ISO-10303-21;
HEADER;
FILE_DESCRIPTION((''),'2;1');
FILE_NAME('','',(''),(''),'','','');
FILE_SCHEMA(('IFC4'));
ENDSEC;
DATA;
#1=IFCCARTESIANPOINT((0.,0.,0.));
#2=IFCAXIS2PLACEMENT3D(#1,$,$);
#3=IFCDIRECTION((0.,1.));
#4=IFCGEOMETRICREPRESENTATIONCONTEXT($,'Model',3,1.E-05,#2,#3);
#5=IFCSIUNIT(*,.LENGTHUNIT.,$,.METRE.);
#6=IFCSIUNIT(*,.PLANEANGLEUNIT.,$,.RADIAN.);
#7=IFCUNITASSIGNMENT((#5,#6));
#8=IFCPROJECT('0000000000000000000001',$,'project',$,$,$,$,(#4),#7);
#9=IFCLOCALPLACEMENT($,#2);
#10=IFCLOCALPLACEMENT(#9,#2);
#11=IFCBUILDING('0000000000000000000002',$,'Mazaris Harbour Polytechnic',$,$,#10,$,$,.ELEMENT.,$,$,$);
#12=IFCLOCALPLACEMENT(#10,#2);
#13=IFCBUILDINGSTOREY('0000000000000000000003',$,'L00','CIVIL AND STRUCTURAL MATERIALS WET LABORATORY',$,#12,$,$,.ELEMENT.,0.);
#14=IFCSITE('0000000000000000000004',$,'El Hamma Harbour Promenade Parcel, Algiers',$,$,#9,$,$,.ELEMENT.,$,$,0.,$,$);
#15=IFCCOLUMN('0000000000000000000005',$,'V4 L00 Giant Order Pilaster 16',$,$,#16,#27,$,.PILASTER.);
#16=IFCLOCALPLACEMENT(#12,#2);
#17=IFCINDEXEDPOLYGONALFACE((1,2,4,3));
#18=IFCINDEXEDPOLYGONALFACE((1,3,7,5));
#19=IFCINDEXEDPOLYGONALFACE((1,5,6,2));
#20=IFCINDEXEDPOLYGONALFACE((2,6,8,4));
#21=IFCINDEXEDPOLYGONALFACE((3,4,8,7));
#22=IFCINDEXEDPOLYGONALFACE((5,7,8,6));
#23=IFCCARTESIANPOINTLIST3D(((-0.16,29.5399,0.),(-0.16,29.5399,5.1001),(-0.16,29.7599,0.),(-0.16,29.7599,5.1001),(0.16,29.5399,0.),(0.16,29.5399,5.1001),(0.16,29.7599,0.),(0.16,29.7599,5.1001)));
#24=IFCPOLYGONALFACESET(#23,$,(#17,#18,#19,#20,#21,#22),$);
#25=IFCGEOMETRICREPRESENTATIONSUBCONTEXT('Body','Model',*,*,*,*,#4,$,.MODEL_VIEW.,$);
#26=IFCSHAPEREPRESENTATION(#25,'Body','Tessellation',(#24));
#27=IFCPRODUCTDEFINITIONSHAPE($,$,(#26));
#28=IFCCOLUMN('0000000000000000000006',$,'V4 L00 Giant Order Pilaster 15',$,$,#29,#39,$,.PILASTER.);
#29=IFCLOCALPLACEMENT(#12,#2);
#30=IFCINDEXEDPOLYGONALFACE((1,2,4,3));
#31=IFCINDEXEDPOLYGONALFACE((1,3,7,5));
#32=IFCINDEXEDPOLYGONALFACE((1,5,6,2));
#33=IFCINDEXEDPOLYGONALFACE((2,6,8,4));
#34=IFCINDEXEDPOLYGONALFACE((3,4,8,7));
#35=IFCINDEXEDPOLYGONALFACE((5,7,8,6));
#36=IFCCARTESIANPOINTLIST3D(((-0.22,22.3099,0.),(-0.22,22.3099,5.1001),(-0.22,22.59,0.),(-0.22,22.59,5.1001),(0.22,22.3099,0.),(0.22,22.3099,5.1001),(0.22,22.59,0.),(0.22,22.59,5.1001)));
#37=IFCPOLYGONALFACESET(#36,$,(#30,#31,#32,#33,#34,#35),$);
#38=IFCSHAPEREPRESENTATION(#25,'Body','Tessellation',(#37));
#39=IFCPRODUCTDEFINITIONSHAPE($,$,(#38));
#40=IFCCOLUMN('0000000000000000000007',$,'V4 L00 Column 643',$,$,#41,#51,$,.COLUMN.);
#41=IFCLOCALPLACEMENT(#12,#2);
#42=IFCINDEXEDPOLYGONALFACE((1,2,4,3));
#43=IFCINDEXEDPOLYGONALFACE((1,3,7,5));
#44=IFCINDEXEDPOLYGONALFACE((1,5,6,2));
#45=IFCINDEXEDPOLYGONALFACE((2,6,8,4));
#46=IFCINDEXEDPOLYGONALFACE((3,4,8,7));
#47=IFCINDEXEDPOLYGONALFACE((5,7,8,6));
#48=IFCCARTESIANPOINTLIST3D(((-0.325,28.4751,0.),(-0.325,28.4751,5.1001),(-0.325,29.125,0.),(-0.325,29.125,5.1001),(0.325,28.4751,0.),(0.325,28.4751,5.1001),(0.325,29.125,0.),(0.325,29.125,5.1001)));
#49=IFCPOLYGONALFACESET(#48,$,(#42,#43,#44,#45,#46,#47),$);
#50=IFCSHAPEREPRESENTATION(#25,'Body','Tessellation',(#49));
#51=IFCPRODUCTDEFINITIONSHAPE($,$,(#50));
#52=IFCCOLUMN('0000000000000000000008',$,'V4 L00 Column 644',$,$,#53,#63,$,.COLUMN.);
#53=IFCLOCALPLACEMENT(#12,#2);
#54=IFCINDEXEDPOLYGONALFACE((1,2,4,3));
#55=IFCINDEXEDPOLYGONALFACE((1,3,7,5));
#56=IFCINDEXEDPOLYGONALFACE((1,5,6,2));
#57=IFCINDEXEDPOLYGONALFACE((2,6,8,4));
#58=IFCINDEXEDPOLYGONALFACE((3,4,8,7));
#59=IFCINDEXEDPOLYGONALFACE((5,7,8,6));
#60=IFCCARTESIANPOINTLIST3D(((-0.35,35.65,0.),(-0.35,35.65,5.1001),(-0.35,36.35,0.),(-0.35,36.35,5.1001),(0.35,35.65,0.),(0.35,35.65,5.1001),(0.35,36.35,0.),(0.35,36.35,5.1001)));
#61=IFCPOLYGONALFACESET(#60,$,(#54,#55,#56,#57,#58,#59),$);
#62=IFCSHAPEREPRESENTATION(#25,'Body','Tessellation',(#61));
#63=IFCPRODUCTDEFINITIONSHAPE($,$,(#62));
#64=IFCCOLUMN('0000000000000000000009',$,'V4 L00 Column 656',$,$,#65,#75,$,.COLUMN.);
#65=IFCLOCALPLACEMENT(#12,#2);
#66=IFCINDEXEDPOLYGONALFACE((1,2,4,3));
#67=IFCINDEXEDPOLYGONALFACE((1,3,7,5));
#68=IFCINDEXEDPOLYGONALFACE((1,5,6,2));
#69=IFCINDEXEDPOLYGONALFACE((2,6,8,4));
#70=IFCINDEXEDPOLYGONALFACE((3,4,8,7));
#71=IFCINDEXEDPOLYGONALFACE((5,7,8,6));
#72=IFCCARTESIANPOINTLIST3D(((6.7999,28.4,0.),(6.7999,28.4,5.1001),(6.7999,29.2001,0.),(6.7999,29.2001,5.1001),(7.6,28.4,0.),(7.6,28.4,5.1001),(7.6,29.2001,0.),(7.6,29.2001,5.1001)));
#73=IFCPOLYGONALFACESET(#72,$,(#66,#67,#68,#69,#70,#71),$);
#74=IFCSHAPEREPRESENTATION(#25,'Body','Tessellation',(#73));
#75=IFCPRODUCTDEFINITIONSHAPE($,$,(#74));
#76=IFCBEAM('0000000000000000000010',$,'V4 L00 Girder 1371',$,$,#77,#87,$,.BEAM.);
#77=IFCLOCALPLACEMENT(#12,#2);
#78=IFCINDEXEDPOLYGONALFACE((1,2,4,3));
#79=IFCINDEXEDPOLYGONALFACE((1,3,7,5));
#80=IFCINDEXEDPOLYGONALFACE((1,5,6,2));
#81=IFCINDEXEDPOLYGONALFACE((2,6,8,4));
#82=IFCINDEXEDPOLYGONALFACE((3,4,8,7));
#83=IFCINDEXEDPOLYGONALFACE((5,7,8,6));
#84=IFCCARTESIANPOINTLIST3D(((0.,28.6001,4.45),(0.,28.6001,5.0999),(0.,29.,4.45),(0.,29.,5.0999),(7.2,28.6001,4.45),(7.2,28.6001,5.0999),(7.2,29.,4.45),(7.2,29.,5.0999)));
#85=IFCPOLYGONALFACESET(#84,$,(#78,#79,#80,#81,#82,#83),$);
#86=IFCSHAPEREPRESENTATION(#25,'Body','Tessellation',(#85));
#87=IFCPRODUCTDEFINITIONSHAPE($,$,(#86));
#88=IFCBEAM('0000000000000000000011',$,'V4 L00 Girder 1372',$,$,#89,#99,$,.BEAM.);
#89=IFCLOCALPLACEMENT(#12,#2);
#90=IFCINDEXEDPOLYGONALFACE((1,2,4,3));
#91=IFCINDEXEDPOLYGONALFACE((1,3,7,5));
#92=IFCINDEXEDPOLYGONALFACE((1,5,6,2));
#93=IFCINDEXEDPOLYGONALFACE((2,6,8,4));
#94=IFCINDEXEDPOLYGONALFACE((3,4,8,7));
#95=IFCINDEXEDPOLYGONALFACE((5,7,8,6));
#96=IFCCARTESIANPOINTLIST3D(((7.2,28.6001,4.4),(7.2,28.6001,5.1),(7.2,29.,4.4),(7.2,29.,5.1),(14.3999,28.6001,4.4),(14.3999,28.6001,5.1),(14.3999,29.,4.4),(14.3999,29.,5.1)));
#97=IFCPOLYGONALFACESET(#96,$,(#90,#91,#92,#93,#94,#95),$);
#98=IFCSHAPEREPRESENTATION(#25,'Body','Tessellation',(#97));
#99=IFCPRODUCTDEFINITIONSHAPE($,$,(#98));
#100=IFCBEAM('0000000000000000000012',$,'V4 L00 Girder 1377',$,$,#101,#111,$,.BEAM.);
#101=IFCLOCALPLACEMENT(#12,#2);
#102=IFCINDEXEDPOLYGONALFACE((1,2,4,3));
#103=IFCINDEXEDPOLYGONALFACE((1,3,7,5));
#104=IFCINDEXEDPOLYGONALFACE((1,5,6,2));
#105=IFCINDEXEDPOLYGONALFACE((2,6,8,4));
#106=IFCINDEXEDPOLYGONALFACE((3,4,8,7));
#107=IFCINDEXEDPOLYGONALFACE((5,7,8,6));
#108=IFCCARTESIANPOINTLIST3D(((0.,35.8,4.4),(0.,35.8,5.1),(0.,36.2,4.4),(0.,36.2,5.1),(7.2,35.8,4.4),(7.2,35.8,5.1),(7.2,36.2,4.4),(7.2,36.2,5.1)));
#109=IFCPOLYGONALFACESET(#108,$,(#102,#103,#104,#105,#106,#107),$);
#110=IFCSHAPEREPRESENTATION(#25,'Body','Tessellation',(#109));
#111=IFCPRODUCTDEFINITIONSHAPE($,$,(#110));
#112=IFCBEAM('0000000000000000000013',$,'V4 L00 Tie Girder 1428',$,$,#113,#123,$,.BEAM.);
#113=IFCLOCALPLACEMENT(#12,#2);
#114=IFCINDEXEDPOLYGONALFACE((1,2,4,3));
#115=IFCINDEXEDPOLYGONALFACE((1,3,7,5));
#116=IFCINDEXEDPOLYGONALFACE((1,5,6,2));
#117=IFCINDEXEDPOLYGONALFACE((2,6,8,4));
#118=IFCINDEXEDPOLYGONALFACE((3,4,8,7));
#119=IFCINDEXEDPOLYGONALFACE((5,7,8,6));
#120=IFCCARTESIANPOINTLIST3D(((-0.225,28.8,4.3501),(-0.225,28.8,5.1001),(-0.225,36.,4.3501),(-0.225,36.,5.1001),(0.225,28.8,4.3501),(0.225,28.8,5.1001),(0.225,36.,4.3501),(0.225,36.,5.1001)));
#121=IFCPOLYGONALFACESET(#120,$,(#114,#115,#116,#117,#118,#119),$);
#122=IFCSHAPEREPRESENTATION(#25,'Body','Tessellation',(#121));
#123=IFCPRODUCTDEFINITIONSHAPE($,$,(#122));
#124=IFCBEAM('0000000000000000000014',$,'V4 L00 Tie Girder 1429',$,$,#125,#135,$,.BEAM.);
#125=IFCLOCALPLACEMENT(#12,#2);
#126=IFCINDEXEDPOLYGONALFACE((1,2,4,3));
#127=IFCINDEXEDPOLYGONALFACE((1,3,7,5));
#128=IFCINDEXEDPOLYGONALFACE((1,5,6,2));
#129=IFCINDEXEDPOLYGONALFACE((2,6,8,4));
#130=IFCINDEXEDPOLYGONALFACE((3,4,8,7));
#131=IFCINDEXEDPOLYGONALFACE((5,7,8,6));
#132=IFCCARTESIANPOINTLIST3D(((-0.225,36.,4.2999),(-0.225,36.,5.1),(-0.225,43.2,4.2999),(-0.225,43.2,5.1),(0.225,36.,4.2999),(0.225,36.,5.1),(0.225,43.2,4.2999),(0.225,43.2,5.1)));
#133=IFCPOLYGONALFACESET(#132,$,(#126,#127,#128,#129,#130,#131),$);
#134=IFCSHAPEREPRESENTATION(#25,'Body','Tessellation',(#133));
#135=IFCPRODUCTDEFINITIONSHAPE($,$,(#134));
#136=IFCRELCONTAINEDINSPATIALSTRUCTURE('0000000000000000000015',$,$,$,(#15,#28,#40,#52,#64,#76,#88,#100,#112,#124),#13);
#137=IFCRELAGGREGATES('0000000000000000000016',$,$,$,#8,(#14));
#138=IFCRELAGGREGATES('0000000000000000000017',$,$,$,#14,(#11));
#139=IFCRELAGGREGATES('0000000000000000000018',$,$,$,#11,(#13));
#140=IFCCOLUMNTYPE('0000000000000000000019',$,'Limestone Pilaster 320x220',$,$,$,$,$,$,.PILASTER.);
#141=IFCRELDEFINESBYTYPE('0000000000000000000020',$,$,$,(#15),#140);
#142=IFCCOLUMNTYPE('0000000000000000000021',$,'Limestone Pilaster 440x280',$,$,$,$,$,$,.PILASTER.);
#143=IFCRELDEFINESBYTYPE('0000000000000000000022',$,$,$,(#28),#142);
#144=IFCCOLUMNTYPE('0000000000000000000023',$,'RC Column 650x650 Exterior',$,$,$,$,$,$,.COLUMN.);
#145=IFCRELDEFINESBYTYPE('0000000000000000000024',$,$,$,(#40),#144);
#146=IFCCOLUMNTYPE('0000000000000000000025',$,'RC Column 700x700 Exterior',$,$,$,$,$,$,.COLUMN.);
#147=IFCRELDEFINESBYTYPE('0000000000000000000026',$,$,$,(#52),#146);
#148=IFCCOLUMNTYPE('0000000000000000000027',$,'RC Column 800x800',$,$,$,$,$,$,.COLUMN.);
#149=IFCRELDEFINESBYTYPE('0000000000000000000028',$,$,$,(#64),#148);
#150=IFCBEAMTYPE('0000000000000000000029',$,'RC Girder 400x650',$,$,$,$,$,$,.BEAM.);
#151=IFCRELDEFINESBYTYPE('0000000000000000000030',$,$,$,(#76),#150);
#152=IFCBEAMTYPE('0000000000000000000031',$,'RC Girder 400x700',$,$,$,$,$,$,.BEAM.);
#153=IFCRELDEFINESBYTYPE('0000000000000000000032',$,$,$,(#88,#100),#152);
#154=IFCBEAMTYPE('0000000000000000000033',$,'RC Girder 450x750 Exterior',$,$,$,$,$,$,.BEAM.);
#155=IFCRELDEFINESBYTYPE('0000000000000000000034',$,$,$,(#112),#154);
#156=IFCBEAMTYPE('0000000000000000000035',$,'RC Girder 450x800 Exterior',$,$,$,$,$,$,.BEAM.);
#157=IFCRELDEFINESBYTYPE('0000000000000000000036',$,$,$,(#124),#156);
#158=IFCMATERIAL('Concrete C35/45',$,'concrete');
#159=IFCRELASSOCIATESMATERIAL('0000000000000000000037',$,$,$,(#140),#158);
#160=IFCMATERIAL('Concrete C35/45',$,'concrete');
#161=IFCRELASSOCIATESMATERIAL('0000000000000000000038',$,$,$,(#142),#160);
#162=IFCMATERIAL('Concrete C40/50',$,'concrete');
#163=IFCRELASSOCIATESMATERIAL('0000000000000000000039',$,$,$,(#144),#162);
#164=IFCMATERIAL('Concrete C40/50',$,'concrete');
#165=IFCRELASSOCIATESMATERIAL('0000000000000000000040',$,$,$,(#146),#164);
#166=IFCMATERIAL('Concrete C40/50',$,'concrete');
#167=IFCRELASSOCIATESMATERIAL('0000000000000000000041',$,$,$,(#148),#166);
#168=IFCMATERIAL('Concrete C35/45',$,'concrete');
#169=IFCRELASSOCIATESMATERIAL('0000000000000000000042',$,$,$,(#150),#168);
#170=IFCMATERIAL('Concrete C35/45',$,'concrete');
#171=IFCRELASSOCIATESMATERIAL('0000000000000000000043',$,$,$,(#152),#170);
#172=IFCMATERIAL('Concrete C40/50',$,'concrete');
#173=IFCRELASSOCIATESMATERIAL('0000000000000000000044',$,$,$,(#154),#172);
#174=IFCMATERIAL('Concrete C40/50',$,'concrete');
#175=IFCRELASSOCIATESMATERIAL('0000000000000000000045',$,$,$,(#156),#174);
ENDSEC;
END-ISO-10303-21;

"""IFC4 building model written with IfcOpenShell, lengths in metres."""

from ifc_helpers import new_model, si_unit, direction, frame, origin, origin_2d, place, context, subcontext, project, spatial, rectangle, extrude, material, material_profile, profile_set, type_object, element, save


model = new_model("IFC4")

# Units and contexts
model_context = context("Model", 3, precision=1e-05, world=origin(), true_north=direction((0.0, 1.0)))
body_context = subcontext(model_context, "Body", "Model", "MODEL_VIEW")
ifc_project = project(units=[si_unit("LENGTHUNIT", "METRE"), si_unit("PLANEANGLEUNIT", "RADIAN")], contexts=[model_context])

# Site, building, storey
site_placement = place(None, origin())
site = spatial("IfcSite", under=ifc_project, at=site_placement, Name="El Hamma Harbour Promenade Parcel, Algiers", CompositionType="ELEMENT", RefElevation=0.0)
building_placement = place(site_placement, origin())
building = spatial("IfcBuilding", under=site, at=building_placement, Name="Mazaris Harbour Polytechnic", CompositionType="ELEMENT")
storey_placement = place(building_placement, origin())
storey = spatial("IfcBuildingStorey", under=building, at=storey_placement, Name="L00", Description="CIVIL AND STRUCTURAL MATERIALS WET LABORATORY", CompositionType="ELEMENT", Elevation=0.0)

# Columns
ifc_material_1 = material(Name="Concrete C35/45", Category="concrete")
ifc_material_profile_1 = material_profile(ifc_material_1, rectangle(XDim=0.3201, YDim=0.22, at=origin_2d()), Name="RECT320x220")
ifc_profile_set_1 = profile_set([ifc_material_profile_1], Name="Concrete C35/45")
column_type_1 = type_object("IfcColumnType", Name="Limestone Pilaster 320x220", PredefinedType="PILASTER", material=ifc_profile_set_1)
column_1_placement = place(storey_placement, frame((0.0, 29.6499, 0.0), z_axis=(0.0, 0.0, 1.0), x_axis=(1.0, 0.0, 0.0)))
element("IfcColumn", 1, at=column_1_placement, inside=storey, type_object=column_type_1, Name="V4 L00 Giant Order Pilaster 16", PredefinedType="PILASTER", context=body_context, shape_type="SweptSolid", body=[
    extrude(rectangle(XDim=0.3201, YDim=0.22, at=origin_2d()), origin(), (0.0, 0.0, 1.0), 5.1001),
])
ifc_material_2 = material(Name="Concrete C35/45", Category="concrete")
ifc_material_profile_2 = material_profile(ifc_material_2, rectangle(XDim=0.4399, YDim=0.28, at=origin_2d()), Name="RECT440x280")
ifc_profile_set_2 = profile_set([ifc_material_profile_2], Name="Concrete C35/45")
column_type_2 = type_object("IfcColumnType", Name="Limestone Pilaster 440x280", PredefinedType="PILASTER", material=ifc_profile_set_2)
column_2_placement = place(storey_placement, frame((0.0, 22.45, 0.0), z_axis=(0.0, 0.0, 1.0), x_axis=(1.0, 0.0, 0.0)))
element("IfcColumn", 2, at=column_2_placement, inside=storey, type_object=column_type_2, Name="V4 L00 Giant Order Pilaster 15", PredefinedType="PILASTER", context=body_context, shape_type="SweptSolid", body=[
    extrude(rectangle(XDim=0.4399, YDim=0.28, at=origin_2d()), origin(), (0.0, 0.0, 1.0), 5.1001),
])
ifc_material_3 = material(Name="Concrete C40/50", Category="concrete")
ifc_material_profile_3 = material_profile(ifc_material_3, rectangle(XDim=0.6499, YDim=0.6499, at=origin_2d()), Name="RECT650x650")
ifc_profile_set_3 = profile_set([ifc_material_profile_3], Name="Concrete C40/50")
column_type_3 = type_object("IfcColumnType", Name="RC Column 650x650 Exterior", PredefinedType="COLUMN", material=ifc_profile_set_3)
column_3_placement = place(storey_placement, frame((0.0, 28.8, 0.0), z_axis=(0.0, 0.0, 1.0), x_axis=(1.0, 0.0, 0.0)))
element("IfcColumn", 3, at=column_3_placement, inside=storey, type_object=column_type_3, Name="V4 L00 Column 643", PredefinedType="COLUMN", context=body_context, shape_type="SweptSolid", body=[
    extrude(rectangle(XDim=0.6499, YDim=0.6499, at=origin_2d()), origin(), (0.0, 0.0, 1.0), 5.1001),
])
ifc_material_4 = material(Name="Concrete C40/50", Category="concrete")
ifc_material_profile_4 = material_profile(ifc_material_4, rectangle(XDim=0.7, YDim=0.7, at=origin_2d()), Name="RECT700x700")
ifc_profile_set_4 = profile_set([ifc_material_profile_4], Name="Concrete C40/50")
column_type_4 = type_object("IfcColumnType", Name="RC Column 700x700 Exterior", PredefinedType="COLUMN", material=ifc_profile_set_4)
column_4_placement = place(storey_placement, frame((0.0, 36.0, 0.0), z_axis=(0.0, 0.0, 1.0), x_axis=(1.0, 0.0, 0.0)))
element("IfcColumn", 4, at=column_4_placement, inside=storey, type_object=column_type_4, Name="V4 L00 Column 644", PredefinedType="COLUMN", context=body_context, shape_type="SweptSolid", body=[
    extrude(rectangle(XDim=0.7, YDim=0.7, at=origin_2d()), origin(), (0.0, 0.0, 1.0), 5.1001),
])
ifc_material_5 = material(Name="Concrete C40/50", Category="concrete")
ifc_material_profile_5 = material_profile(ifc_material_5, rectangle(XDim=0.8, YDim=0.8, at=origin_2d()), Name="RECT800x800")
ifc_profile_set_5 = profile_set([ifc_material_profile_5], Name="Concrete C40/50")
column_type_5 = type_object("IfcColumnType", Name="RC Column 800x800", PredefinedType="COLUMN", material=ifc_profile_set_5)
column_5_placement = place(storey_placement, frame((7.2, 28.8, 0.0), z_axis=(0.0, 0.0, 1.0), x_axis=(1.0, 0.0, 0.0)))
element("IfcColumn", 5, at=column_5_placement, inside=storey, type_object=column_type_5, Name="V4 L00 Column 656", PredefinedType="COLUMN", context=body_context, shape_type="SweptSolid", body=[
    extrude(rectangle(XDim=0.8, YDim=0.8, at=origin_2d()), origin(), (0.0, 0.0, 1.0), 5.1001),
])

# Beams
ifc_material_6 = material(Name="Concrete C35/45", Category="concrete")
ifc_material_profile_6 = material_profile(ifc_material_6, rectangle(XDim=0.3999, YDim=0.6499, at=origin_2d()), Name="RECT400x650")
ifc_profile_set_6 = profile_set([ifc_material_profile_6], Name="Concrete C35/45")
beam_type_1 = type_object("IfcBeamType", Name="RC Girder 400x650", PredefinedType="BEAM", material=ifc_profile_set_6)
beam_1_placement = place(storey_placement, frame((0.0, 28.8, 4.7749), z_axis=(1.0, 0.0, 0.0), x_axis=(0.0, 1.0, 0.0)))
element("IfcBeam", 6, at=beam_1_placement, inside=storey, type_object=beam_type_1, Name="V4 L00 Girder 1371", PredefinedType="BEAM", context=body_context, shape_type="SweptSolid", body=[
    extrude(rectangle(XDim=0.3999, YDim=0.6499, at=origin_2d()), origin(), (0.0, 0.0, 1.0), 7.2),
])
ifc_material_7 = material(Name="Concrete C35/45", Category="concrete")
ifc_material_profile_7 = material_profile(ifc_material_7, rectangle(XDim=0.3999, YDim=0.7, at=origin_2d()), Name="RECT400x700")
ifc_profile_set_7 = profile_set([ifc_material_profile_7], Name="Concrete C35/45")
beam_type_2 = type_object("IfcBeamType", Name="RC Girder 400x700", PredefinedType="BEAM", material=ifc_profile_set_7)
for number, where, z_axis, x_axis, name in (
    (7, (7.2, 28.8, 4.75), (1.0, 0.0, 0.0), (0.0, 1.0, 0.0), "V4 L00 Girder 1372"),
    (8, (0.0, 36.0, 4.75), (1.0, 0.0, 0.0), (0.0, 1.0, 0.0), "V4 L00 Girder 1377"),
):
    element("IfcBeam", number, at=place(storey_placement, frame(where, z_axis=z_axis, x_axis=x_axis)), inside=storey, type_object=beam_type_2, Name=name, PredefinedType="BEAM", context=body_context, shape_type="SweptSolid", body=[
        extrude(rectangle(XDim=0.3999, YDim=0.7, at=origin_2d()), origin(), (0.0, 0.0, 1.0), 7.2),
    ])
ifc_material_8 = material(Name="Concrete C40/50", Category="concrete")
ifc_material_profile_8 = material_profile(ifc_material_8, rectangle(XDim=0.45, YDim=0.75, at=origin_2d()), Name="RECT450x750")
ifc_profile_set_8 = profile_set([ifc_material_profile_8], Name="Concrete C40/50")
beam_type_3 = type_object("IfcBeamType", Name="RC Girder 450x750 Exterior", PredefinedType="BEAM", material=ifc_profile_set_8)
beam_2_placement = place(storey_placement, frame((0.0, 28.8, 4.7251), z_axis=(0.0, 1.0, 0.0), x_axis=(-1.0, 0.0, 0.0)))
element("IfcBeam", 9, at=beam_2_placement, inside=storey, type_object=beam_type_3, Name="V4 L00 Tie Girder 1428", PredefinedType="BEAM", context=body_context, shape_type="SweptSolid", body=[
    extrude(rectangle(XDim=0.45, YDim=0.75, at=origin_2d()), origin(), (0.0, 0.0, 1.0), 7.2),
])
ifc_material_9 = material(Name="Concrete C40/50", Category="concrete")
ifc_material_profile_9 = material_profile(ifc_material_9, rectangle(XDim=0.45, YDim=0.8, at=origin_2d()), Name="RECT450x800")
ifc_profile_set_9 = profile_set([ifc_material_profile_9], Name="Concrete C40/50")
beam_type_4 = type_object("IfcBeamType", Name="RC Girder 450x800 Exterior", PredefinedType="BEAM", material=ifc_profile_set_9)
beam_3_placement = place(storey_placement, frame((0.0, 36.0, 4.7), z_axis=(0.0, 1.0, 0.0), x_axis=(-1.0, 0.0, 0.0)))
element("IfcBeam", 10, at=beam_3_placement, inside=storey, type_object=beam_type_4, Name="V4 L00 Tie Girder 1429", PredefinedType="BEAM", context=body_context, shape_type="SweptSolid", body=[
    extrude(rectangle(XDim=0.45, YDim=0.8, at=origin_2d()), origin(), (0.0, 0.0, 1.0), 7.2),
])

save(model, "model.ifc")
